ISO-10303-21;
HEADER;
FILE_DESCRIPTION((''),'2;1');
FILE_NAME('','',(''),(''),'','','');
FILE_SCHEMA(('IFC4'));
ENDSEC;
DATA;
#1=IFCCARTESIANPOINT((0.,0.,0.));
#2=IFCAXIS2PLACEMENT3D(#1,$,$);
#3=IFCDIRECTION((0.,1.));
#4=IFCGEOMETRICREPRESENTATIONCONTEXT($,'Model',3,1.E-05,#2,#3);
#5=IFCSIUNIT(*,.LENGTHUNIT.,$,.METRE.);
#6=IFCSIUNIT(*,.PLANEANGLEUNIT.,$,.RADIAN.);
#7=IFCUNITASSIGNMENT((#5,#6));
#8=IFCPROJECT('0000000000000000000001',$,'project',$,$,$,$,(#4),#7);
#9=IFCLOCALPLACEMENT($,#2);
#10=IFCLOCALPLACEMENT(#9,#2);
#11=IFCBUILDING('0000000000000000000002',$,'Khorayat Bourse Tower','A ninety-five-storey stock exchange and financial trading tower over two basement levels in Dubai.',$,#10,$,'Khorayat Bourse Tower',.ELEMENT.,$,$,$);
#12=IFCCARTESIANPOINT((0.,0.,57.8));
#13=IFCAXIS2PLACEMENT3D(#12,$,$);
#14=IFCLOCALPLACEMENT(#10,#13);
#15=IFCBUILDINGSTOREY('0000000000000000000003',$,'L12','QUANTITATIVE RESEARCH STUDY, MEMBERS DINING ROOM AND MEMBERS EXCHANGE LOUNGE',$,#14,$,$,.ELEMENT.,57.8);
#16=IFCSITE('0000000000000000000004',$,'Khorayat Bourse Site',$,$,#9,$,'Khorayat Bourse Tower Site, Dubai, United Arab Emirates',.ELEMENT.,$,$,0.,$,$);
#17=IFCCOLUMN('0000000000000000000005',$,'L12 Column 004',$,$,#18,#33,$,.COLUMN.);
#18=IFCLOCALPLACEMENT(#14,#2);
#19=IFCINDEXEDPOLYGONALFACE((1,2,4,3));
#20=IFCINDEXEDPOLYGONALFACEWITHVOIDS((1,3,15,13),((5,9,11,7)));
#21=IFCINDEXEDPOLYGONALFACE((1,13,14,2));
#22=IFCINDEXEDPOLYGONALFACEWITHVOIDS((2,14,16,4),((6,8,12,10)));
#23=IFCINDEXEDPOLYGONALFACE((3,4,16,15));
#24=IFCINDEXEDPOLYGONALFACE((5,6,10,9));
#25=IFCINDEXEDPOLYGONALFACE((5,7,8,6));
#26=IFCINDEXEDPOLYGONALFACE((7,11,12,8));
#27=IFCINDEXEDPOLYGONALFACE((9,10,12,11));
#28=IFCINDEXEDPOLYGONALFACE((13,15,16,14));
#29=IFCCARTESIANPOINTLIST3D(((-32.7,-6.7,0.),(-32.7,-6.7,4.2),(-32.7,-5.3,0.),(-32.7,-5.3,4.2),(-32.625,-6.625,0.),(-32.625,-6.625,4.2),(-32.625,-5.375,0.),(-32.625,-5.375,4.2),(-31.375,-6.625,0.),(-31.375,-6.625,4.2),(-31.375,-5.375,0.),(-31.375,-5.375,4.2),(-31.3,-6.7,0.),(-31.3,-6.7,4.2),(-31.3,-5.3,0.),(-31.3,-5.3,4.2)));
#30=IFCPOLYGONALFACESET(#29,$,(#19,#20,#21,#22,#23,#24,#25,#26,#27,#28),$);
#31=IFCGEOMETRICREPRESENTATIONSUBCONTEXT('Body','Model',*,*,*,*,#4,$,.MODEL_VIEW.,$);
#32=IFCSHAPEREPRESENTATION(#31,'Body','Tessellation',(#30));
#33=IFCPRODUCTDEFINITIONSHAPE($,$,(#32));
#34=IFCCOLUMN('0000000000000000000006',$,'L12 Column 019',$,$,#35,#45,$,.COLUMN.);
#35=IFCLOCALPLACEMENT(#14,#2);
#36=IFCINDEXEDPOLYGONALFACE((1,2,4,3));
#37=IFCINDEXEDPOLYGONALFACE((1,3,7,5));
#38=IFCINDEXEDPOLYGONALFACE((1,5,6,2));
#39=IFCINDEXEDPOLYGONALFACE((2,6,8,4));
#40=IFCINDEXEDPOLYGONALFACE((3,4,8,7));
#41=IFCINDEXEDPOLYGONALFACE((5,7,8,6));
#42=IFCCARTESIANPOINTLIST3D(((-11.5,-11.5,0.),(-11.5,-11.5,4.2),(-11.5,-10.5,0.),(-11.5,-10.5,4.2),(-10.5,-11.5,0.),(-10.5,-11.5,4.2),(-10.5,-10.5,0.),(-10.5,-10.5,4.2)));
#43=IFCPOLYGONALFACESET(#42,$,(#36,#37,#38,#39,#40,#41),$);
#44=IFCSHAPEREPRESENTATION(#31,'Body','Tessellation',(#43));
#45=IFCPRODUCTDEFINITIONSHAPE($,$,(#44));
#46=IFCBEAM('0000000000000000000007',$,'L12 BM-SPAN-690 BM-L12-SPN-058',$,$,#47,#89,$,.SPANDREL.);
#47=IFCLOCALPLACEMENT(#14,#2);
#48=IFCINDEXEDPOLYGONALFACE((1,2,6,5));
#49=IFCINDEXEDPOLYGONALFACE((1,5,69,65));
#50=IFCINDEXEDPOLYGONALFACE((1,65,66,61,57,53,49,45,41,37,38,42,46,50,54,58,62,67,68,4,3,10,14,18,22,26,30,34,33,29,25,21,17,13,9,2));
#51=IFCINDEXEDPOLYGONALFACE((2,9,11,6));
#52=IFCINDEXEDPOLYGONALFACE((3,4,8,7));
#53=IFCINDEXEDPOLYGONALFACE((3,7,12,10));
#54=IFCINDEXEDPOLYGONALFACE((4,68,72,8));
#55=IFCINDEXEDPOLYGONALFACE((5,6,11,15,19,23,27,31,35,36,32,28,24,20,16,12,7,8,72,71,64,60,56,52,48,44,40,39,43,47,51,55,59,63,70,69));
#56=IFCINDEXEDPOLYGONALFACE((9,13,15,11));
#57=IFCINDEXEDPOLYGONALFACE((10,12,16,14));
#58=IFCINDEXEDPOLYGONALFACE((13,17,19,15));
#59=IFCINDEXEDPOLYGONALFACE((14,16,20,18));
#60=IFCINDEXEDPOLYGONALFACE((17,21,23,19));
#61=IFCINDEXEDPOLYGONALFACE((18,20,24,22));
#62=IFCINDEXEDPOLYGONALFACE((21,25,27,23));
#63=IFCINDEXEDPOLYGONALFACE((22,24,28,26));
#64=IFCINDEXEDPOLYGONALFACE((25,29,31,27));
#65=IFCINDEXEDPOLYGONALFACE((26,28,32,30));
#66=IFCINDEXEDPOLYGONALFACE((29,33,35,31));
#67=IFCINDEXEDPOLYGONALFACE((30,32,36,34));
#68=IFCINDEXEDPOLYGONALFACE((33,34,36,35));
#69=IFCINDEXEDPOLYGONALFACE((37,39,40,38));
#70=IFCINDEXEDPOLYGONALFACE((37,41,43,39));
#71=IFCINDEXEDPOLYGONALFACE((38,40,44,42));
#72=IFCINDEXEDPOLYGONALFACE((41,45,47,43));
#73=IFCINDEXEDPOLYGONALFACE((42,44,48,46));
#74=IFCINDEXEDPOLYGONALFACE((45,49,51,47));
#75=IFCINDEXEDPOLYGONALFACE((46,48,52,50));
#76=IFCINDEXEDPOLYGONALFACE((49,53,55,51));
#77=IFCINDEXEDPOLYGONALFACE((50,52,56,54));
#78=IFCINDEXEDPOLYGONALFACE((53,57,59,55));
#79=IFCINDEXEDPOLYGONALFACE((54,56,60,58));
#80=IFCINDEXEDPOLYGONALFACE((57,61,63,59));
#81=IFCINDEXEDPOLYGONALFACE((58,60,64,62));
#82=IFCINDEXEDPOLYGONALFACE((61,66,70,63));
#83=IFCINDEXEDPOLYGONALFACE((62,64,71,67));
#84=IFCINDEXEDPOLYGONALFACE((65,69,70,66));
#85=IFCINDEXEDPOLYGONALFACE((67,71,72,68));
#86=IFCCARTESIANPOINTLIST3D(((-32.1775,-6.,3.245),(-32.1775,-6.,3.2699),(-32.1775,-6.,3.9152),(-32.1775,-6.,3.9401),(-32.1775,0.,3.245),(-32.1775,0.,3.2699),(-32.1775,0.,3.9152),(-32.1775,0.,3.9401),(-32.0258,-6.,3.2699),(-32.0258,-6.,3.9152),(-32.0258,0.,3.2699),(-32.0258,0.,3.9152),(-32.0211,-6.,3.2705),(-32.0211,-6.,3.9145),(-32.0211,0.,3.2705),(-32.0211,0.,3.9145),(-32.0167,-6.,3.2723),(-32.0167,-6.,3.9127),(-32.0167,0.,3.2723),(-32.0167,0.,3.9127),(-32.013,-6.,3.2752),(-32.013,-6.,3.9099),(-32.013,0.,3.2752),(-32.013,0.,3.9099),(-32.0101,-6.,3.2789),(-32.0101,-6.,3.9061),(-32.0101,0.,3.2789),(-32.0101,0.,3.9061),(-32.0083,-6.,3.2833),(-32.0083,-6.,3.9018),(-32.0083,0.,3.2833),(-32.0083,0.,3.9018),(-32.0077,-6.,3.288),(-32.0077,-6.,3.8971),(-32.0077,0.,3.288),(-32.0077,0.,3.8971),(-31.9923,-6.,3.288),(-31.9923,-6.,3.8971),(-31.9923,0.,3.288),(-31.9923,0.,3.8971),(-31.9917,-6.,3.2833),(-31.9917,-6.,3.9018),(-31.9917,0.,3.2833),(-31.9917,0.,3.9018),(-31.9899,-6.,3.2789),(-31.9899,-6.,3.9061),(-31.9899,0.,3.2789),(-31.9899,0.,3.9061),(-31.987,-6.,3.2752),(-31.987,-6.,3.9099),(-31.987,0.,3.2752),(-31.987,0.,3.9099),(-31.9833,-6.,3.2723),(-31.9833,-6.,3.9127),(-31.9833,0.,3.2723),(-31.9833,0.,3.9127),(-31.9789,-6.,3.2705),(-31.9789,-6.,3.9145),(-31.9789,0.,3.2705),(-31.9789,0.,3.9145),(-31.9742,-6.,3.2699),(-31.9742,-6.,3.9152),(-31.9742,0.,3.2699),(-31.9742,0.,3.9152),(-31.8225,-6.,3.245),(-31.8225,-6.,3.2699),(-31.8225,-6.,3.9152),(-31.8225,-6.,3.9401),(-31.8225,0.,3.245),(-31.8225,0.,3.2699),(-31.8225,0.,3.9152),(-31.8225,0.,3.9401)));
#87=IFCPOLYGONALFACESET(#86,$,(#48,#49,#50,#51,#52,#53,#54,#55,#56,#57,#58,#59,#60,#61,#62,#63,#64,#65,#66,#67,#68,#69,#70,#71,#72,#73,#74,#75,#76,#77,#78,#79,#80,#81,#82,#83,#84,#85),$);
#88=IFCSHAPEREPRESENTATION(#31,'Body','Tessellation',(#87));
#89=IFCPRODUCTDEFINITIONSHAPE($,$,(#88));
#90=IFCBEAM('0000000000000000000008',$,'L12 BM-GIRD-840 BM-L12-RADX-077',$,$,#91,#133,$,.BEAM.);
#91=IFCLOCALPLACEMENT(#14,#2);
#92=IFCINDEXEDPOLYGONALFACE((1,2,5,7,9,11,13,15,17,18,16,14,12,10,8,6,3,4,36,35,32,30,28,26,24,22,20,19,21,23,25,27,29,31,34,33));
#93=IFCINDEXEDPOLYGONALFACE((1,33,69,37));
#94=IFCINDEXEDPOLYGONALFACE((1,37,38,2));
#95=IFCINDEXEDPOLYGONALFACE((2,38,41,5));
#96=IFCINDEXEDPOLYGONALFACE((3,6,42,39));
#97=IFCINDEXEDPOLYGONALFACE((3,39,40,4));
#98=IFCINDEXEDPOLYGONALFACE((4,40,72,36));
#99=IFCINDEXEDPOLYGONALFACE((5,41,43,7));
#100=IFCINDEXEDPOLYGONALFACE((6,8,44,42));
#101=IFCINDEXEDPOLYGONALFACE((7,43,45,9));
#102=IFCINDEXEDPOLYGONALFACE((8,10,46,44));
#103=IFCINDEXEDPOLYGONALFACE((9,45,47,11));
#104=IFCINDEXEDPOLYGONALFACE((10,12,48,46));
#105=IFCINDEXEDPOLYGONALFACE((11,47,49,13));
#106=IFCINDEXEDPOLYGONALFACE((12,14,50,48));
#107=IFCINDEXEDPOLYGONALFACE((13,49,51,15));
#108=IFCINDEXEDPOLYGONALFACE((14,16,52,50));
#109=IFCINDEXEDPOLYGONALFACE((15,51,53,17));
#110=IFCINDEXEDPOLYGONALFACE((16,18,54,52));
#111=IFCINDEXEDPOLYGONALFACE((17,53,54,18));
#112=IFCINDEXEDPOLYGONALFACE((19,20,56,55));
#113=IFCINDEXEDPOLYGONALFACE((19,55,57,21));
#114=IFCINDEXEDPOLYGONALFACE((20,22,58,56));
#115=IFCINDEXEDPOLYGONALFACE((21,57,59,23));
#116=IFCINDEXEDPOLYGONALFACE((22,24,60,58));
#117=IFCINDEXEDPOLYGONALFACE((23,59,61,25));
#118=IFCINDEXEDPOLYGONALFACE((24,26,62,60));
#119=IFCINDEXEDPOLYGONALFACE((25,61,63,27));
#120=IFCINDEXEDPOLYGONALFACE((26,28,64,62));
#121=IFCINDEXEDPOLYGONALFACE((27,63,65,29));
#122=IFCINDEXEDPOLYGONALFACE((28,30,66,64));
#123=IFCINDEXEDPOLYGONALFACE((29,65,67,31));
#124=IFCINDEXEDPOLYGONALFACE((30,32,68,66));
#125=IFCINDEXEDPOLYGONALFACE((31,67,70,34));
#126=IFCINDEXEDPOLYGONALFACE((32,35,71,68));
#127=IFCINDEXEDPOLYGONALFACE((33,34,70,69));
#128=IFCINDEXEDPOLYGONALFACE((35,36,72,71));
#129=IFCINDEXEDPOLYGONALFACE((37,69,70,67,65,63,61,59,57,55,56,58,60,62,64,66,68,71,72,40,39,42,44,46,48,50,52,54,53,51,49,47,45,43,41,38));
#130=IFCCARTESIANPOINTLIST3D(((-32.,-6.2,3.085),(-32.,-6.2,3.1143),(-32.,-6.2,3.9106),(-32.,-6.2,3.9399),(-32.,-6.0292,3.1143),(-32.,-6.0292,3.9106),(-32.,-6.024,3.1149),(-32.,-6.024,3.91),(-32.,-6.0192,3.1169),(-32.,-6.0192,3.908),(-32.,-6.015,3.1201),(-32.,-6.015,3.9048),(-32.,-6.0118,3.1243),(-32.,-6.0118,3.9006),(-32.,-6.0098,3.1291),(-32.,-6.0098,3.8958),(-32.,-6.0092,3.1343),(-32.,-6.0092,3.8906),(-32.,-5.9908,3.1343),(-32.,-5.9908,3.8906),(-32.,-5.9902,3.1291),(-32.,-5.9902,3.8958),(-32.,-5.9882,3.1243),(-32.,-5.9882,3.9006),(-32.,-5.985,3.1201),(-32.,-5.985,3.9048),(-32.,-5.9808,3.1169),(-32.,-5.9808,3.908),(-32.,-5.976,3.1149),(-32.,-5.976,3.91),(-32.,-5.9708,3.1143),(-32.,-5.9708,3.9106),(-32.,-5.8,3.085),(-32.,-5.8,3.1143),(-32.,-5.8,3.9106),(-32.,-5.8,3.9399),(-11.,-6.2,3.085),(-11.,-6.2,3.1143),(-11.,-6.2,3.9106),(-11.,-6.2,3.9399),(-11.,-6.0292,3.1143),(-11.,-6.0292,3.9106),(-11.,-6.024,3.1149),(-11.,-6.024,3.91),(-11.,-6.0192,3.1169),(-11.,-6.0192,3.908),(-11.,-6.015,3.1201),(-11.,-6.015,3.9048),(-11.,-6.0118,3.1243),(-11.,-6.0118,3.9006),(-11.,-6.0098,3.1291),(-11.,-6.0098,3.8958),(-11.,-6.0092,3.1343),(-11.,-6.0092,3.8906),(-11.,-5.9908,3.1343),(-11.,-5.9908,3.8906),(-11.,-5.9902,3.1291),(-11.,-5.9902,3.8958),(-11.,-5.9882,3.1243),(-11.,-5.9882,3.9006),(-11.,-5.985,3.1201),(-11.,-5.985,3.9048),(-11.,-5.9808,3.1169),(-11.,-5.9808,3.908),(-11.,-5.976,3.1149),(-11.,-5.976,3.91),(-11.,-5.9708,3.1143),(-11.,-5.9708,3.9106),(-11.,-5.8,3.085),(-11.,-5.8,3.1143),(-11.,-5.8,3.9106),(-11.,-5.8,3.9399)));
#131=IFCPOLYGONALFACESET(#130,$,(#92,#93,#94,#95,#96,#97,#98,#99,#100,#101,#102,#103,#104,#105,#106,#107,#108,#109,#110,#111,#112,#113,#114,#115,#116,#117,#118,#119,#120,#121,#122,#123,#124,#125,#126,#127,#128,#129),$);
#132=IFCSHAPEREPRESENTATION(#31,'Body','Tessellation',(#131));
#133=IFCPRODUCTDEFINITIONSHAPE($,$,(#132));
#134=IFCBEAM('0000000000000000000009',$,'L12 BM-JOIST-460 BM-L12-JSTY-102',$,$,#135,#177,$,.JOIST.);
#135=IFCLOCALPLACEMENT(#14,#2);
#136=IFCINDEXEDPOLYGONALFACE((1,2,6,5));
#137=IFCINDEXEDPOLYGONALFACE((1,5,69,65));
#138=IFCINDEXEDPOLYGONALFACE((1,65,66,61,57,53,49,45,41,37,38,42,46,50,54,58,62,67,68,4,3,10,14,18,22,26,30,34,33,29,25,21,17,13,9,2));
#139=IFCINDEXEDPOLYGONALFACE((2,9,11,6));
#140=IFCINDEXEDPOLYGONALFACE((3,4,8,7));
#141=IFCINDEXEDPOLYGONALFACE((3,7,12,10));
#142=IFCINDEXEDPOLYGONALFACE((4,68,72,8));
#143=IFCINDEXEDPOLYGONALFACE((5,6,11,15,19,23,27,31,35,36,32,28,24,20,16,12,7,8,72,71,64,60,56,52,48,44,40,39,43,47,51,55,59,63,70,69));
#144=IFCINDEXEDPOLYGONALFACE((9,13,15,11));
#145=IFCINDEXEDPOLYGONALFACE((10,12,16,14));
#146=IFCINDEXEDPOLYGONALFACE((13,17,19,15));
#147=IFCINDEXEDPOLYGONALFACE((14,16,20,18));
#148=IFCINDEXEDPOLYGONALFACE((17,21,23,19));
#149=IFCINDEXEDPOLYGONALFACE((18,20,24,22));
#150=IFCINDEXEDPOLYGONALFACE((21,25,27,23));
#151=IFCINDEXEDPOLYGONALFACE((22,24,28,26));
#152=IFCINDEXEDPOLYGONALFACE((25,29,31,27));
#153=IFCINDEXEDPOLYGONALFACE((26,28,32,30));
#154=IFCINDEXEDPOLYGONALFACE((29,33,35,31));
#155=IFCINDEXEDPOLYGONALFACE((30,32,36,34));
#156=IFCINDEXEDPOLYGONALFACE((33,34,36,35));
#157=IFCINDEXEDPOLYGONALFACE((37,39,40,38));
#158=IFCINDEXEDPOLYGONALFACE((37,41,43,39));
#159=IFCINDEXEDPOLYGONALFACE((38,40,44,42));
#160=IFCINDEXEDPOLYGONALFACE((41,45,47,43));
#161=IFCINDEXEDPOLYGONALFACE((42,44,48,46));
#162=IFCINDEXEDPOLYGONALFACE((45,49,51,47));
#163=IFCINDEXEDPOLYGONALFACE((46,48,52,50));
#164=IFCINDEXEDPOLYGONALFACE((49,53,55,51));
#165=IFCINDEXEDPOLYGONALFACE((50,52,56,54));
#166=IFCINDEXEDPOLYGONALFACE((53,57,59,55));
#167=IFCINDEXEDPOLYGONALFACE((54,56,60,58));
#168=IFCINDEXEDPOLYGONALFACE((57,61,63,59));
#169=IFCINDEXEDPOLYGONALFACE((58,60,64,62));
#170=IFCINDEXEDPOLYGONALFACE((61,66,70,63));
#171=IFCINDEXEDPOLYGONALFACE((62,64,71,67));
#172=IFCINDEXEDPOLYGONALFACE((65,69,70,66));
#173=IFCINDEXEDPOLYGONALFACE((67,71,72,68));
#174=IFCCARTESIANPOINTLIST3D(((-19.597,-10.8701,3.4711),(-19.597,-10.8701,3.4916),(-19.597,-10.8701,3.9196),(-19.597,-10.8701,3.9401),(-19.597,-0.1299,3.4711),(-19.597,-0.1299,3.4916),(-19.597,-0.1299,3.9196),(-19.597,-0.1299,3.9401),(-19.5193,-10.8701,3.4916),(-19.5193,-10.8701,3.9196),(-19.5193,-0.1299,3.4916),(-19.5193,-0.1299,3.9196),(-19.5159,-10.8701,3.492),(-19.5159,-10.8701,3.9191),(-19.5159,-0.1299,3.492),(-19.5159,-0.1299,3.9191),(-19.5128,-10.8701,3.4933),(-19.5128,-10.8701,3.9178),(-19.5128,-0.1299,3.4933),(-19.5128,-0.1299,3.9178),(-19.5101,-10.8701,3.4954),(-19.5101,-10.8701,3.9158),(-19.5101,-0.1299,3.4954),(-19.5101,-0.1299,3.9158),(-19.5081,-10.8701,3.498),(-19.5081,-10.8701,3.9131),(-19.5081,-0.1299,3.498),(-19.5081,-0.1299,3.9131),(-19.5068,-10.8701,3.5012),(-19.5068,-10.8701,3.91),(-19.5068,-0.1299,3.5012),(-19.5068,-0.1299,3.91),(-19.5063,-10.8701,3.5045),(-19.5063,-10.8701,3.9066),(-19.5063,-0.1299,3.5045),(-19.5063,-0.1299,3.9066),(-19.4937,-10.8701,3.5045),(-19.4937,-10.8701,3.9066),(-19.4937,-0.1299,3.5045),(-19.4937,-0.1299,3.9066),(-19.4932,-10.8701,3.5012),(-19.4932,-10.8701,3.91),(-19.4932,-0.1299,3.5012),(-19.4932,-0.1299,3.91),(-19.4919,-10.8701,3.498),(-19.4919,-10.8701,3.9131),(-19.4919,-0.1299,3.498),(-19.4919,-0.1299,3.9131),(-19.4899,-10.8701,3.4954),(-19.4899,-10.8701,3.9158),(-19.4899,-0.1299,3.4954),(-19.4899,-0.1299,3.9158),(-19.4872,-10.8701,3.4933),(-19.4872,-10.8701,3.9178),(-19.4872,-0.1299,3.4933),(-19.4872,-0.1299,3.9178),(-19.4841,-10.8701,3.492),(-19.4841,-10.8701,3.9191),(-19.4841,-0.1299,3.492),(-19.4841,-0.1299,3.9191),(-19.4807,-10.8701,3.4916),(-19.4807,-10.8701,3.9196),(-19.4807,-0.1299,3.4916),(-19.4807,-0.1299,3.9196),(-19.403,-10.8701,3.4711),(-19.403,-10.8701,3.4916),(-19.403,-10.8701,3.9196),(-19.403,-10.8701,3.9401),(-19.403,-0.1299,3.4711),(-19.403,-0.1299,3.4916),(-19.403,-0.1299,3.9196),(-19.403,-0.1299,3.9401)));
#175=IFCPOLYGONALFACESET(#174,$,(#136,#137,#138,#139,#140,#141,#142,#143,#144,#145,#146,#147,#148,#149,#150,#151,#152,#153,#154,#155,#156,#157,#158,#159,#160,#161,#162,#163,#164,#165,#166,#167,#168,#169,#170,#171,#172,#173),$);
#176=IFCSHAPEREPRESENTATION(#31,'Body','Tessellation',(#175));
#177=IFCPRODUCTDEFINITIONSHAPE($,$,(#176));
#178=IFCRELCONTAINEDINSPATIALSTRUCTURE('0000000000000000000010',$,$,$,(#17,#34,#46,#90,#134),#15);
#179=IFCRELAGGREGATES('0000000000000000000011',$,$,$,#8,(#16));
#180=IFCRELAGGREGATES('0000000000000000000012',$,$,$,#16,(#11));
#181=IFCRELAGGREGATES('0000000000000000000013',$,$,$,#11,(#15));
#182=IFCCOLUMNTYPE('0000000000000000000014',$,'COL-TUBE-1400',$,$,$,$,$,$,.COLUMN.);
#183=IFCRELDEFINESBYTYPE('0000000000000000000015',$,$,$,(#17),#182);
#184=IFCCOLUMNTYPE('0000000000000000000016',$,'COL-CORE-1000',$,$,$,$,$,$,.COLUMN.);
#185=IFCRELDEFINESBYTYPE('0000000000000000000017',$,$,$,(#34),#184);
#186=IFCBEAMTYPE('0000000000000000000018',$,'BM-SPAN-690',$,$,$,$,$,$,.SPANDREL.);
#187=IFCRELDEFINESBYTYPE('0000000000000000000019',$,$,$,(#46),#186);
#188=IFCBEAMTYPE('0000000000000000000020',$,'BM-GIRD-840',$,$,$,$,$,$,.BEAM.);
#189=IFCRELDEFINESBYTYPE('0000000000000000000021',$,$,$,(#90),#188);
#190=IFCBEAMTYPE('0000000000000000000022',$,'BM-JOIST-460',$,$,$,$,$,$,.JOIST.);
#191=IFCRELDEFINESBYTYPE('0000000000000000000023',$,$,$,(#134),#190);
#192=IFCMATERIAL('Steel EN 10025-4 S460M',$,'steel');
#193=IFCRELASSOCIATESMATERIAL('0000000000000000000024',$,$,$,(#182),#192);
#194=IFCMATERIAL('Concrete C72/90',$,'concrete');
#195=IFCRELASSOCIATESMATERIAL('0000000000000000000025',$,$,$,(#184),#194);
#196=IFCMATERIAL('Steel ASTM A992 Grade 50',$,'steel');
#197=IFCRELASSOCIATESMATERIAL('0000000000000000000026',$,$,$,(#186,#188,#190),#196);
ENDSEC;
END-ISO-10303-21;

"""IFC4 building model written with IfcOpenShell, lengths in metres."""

from ifc_helpers import new_model, si_unit, direction, frame, origin, origin_2d, place, context, subcontext, project, spatial, rectangle, hollow_rectangle, i_section, extrude, source, transform, mapped, material, material_profile, profile_set, type_object, element, save


model = new_model("IFC4")

# Units and contexts
model_context = context("Model", 3, precision=1e-05, world=origin(), true_north=direction((0.0, 1.0)))
body_context = subcontext(model_context, "Body", "Model", "MODEL_VIEW")
ifc_project = project(units=[si_unit("LENGTHUNIT", "METRE"), si_unit("PLANEANGLEUNIT", "RADIAN")], contexts=[model_context])

# Site, building, storey
site_placement = place(None, origin())
site = spatial("IfcSite", under=ifc_project, at=site_placement, Name="Khorayat Bourse Site", LongName="Khorayat Bourse Tower Site, Dubai, United Arab Emirates", CompositionType="ELEMENT", RefElevation=0.0)
building_placement = place(site_placement, origin())
building = spatial("IfcBuilding", under=site, at=building_placement, Name="Khorayat Bourse Tower", Description="A ninety-five-storey stock exchange and financial trading tower over two basement levels in Dubai.", LongName="Khorayat Bourse Tower", CompositionType="ELEMENT")
storey_placement = place(building_placement, frame((0.0, 0.0, 57.8)))
storey = spatial("IfcBuildingStorey", under=building, at=storey_placement, Name="L12", Description="QUANTITATIVE RESEARCH STUDY, MEMBERS DINING ROOM AND MEMBERS EXCHANGE LOUNGE", CompositionType="ELEMENT", Elevation=57.8)

# Columns
ifc_material_1 = material(Name="Steel EN 10025-4 S460M", Category="steel")
ifc_material_profile_1 = material_profile(ifc_material_1, hollow_rectangle(XDim=1.3999, YDim=1.3999, WallThickness=0.075, at=origin_2d()), Name="BOX 1400x1400x75")
ifc_profile_set_1 = profile_set([ifc_material_profile_1], Name="Steel EN 10025-4 S460M")
column_type_1 = type_object("IfcColumnType", Name="COL-TUBE-1400", PredefinedType="COLUMN", material=ifc_profile_set_1)
shared_shape_1 = source(origin(), body_context, "Body", "SweptSolid", [
    extrude(hollow_rectangle(XDim=1.3999, YDim=1.3999, WallThickness=0.075, at=origin_2d()), origin(), (0.0, 0.0, 1.0), 4.2),
])
column_1_placement = place(storey_placement, frame((-32.0, -6.0, 0.0), z_axis=(0.0, 0.0, 1.0), x_axis=(1.0, 0.0, 0.0)))
element("IfcColumn", 1, at=column_1_placement, inside=storey, type_object=column_type_1, Name="L12 Column 004", PredefinedType="COLUMN", context=body_context, shape_type="MappedRepresentation", body=[
    mapped(shared_shape_1, transform((0.0, 0.0, 0.0), scale=1.0)),
])
ifc_material_2 = material(Name="Concrete C72/90", Category="concrete")
ifc_material_profile_2 = material_profile(ifc_material_2, rectangle(XDim=1.0, YDim=1.0, at=origin_2d()), Name="RC 1000x1000")
ifc_profile_set_2 = profile_set([ifc_material_profile_2], Name="Concrete C72/90")
column_type_2 = type_object("IfcColumnType", Name="COL-CORE-1000", PredefinedType="COLUMN", material=ifc_profile_set_2)
shared_shape_2 = source(origin(), body_context, "Body", "SweptSolid", [
    extrude(rectangle(XDim=1.0, YDim=1.0, at=origin_2d()), origin(), (0.0, 0.0, 1.0), 4.2),
])
column_2_placement = place(storey_placement, frame((-11.0, -11.0, 0.0), z_axis=(0.0, 0.0, 1.0), x_axis=(1.0, 0.0, 0.0)))
element("IfcColumn", 2, at=column_2_placement, inside=storey, type_object=column_type_2, Name="L12 Column 019", PredefinedType="COLUMN", context=body_context, shape_type="MappedRepresentation", body=[
    mapped(shared_shape_2, transform((0.0, 0.0, 0.0), scale=1.0)),
])

# Beams
ifc_material_3 = material(Name="Steel ASTM A992 Grade 50", Category="steel")
ifc_material_profile_3 = material_profile(ifc_material_3, i_section(OverallWidth=0.355, OverallDepth=0.6951, WebThickness=0.0154, FlangeThickness=0.0249, FilletRadius=0.0181, at=origin_2d()), Name="W690X217")
ifc_profile_set_3 = profile_set([ifc_material_profile_3], Name="Steel ASTM A992 Grade 50")
beam_type_1 = type_object("IfcBeamType", Name="BM-SPAN-690", PredefinedType="SPANDREL", material=ifc_profile_set_3)
shared_shape_3 = source(origin(), body_context, "Body", "SweptSolid", [
    extrude(i_section(OverallWidth=0.355, OverallDepth=0.6951, WebThickness=0.0154, FlangeThickness=0.0249, FilletRadius=0.0181, at=origin_2d()), origin(), (0.0, 0.0, 1.0), 6.0),
])
beam_1_placement = place(storey_placement, frame((-32.0, -6.0, 3.5925), z_axis=(0.0, 1.0, 0.0), x_axis=(-1.0, 0.0, 0.0)))
element("IfcBeam", 3, at=beam_1_placement, inside=storey, type_object=beam_type_1, Name="L12 BM-SPAN-690 BM-L12-SPN-058", PredefinedType="SPANDREL", context=body_context, shape_type="MappedRepresentation", body=[
    mapped(shared_shape_3, transform((0.0, 0.0, 0.0), scale=1.0)),
])
ifc_material_profile_4 = material_profile(ifc_material_3, i_section(OverallWidth=0.3999, OverallDepth=0.855, WebThickness=0.0183, FlangeThickness=0.0293, FilletRadius=0.02, at=origin_2d()), Name="W840X299")
ifc_profile_set_4 = profile_set([ifc_material_profile_4], Name="Steel ASTM A992 Grade 50")
beam_type_2 = type_object("IfcBeamType", Name="BM-GIRD-840", PredefinedType="BEAM", material=ifc_profile_set_4)
shared_shape_4 = source(origin(), body_context, "Body", "SweptSolid", [
    extrude(i_section(OverallWidth=0.3999, OverallDepth=0.855, WebThickness=0.0183, FlangeThickness=0.0293, FilletRadius=0.02, at=origin_2d()), origin(), (0.0, 0.0, 1.0), 21.0),
])
beam_2_placement = place(storey_placement, frame((-32.0, -6.0, 3.5125), z_axis=(1.0, 0.0, 0.0), x_axis=(0.0, 1.0, 0.0)))
element("IfcBeam", 4, at=beam_2_placement, inside=storey, type_object=beam_type_2, Name="L12 BM-GIRD-840 BM-L12-RADX-077", PredefinedType="BEAM", context=body_context, shape_type="MappedRepresentation", body=[
    mapped(shared_shape_4, transform((0.0, 0.0, 0.0), scale=1.0)),
])
ifc_material_profile_5 = material_profile(ifc_material_3, i_section(OverallWidth=0.1941, OverallDepth=0.469, WebThickness=0.0127, FlangeThickness=0.0205, FilletRadius=0.0129, at=origin_2d()), Name="W460X106")
ifc_profile_set_5 = profile_set([ifc_material_profile_5], Name="Steel ASTM A992 Grade 50")
beam_type_3 = type_object("IfcBeamType", Name="BM-JOIST-460", PredefinedType="JOIST", material=ifc_profile_set_5)
shared_shape_5 = source(origin(), body_context, "Body", "SweptSolid", [
    extrude(i_section(OverallWidth=0.1941, OverallDepth=0.469, WebThickness=0.0127, FlangeThickness=0.0205, FilletRadius=0.0129, at=origin_2d()), origin(), (0.0, 0.0, 1.0), 10.7402),
])
beam_3_placement = place(storey_placement, frame((-19.5, -10.8701, 3.7056), z_axis=(0.0, 1.0, 0.0), x_axis=(-1.0, 0.0, 0.0)))
element("IfcBeam", 5, at=beam_3_placement, inside=storey, type_object=beam_type_3, Name="L12 BM-JOIST-460 BM-L12-JSTY-102", PredefinedType="JOIST", context=body_context, shape_type="MappedRepresentation", body=[
    mapped(shared_shape_5, transform((0.0, 0.0, 0.0), scale=1.0)),
])

save(model, "model.ifc")
